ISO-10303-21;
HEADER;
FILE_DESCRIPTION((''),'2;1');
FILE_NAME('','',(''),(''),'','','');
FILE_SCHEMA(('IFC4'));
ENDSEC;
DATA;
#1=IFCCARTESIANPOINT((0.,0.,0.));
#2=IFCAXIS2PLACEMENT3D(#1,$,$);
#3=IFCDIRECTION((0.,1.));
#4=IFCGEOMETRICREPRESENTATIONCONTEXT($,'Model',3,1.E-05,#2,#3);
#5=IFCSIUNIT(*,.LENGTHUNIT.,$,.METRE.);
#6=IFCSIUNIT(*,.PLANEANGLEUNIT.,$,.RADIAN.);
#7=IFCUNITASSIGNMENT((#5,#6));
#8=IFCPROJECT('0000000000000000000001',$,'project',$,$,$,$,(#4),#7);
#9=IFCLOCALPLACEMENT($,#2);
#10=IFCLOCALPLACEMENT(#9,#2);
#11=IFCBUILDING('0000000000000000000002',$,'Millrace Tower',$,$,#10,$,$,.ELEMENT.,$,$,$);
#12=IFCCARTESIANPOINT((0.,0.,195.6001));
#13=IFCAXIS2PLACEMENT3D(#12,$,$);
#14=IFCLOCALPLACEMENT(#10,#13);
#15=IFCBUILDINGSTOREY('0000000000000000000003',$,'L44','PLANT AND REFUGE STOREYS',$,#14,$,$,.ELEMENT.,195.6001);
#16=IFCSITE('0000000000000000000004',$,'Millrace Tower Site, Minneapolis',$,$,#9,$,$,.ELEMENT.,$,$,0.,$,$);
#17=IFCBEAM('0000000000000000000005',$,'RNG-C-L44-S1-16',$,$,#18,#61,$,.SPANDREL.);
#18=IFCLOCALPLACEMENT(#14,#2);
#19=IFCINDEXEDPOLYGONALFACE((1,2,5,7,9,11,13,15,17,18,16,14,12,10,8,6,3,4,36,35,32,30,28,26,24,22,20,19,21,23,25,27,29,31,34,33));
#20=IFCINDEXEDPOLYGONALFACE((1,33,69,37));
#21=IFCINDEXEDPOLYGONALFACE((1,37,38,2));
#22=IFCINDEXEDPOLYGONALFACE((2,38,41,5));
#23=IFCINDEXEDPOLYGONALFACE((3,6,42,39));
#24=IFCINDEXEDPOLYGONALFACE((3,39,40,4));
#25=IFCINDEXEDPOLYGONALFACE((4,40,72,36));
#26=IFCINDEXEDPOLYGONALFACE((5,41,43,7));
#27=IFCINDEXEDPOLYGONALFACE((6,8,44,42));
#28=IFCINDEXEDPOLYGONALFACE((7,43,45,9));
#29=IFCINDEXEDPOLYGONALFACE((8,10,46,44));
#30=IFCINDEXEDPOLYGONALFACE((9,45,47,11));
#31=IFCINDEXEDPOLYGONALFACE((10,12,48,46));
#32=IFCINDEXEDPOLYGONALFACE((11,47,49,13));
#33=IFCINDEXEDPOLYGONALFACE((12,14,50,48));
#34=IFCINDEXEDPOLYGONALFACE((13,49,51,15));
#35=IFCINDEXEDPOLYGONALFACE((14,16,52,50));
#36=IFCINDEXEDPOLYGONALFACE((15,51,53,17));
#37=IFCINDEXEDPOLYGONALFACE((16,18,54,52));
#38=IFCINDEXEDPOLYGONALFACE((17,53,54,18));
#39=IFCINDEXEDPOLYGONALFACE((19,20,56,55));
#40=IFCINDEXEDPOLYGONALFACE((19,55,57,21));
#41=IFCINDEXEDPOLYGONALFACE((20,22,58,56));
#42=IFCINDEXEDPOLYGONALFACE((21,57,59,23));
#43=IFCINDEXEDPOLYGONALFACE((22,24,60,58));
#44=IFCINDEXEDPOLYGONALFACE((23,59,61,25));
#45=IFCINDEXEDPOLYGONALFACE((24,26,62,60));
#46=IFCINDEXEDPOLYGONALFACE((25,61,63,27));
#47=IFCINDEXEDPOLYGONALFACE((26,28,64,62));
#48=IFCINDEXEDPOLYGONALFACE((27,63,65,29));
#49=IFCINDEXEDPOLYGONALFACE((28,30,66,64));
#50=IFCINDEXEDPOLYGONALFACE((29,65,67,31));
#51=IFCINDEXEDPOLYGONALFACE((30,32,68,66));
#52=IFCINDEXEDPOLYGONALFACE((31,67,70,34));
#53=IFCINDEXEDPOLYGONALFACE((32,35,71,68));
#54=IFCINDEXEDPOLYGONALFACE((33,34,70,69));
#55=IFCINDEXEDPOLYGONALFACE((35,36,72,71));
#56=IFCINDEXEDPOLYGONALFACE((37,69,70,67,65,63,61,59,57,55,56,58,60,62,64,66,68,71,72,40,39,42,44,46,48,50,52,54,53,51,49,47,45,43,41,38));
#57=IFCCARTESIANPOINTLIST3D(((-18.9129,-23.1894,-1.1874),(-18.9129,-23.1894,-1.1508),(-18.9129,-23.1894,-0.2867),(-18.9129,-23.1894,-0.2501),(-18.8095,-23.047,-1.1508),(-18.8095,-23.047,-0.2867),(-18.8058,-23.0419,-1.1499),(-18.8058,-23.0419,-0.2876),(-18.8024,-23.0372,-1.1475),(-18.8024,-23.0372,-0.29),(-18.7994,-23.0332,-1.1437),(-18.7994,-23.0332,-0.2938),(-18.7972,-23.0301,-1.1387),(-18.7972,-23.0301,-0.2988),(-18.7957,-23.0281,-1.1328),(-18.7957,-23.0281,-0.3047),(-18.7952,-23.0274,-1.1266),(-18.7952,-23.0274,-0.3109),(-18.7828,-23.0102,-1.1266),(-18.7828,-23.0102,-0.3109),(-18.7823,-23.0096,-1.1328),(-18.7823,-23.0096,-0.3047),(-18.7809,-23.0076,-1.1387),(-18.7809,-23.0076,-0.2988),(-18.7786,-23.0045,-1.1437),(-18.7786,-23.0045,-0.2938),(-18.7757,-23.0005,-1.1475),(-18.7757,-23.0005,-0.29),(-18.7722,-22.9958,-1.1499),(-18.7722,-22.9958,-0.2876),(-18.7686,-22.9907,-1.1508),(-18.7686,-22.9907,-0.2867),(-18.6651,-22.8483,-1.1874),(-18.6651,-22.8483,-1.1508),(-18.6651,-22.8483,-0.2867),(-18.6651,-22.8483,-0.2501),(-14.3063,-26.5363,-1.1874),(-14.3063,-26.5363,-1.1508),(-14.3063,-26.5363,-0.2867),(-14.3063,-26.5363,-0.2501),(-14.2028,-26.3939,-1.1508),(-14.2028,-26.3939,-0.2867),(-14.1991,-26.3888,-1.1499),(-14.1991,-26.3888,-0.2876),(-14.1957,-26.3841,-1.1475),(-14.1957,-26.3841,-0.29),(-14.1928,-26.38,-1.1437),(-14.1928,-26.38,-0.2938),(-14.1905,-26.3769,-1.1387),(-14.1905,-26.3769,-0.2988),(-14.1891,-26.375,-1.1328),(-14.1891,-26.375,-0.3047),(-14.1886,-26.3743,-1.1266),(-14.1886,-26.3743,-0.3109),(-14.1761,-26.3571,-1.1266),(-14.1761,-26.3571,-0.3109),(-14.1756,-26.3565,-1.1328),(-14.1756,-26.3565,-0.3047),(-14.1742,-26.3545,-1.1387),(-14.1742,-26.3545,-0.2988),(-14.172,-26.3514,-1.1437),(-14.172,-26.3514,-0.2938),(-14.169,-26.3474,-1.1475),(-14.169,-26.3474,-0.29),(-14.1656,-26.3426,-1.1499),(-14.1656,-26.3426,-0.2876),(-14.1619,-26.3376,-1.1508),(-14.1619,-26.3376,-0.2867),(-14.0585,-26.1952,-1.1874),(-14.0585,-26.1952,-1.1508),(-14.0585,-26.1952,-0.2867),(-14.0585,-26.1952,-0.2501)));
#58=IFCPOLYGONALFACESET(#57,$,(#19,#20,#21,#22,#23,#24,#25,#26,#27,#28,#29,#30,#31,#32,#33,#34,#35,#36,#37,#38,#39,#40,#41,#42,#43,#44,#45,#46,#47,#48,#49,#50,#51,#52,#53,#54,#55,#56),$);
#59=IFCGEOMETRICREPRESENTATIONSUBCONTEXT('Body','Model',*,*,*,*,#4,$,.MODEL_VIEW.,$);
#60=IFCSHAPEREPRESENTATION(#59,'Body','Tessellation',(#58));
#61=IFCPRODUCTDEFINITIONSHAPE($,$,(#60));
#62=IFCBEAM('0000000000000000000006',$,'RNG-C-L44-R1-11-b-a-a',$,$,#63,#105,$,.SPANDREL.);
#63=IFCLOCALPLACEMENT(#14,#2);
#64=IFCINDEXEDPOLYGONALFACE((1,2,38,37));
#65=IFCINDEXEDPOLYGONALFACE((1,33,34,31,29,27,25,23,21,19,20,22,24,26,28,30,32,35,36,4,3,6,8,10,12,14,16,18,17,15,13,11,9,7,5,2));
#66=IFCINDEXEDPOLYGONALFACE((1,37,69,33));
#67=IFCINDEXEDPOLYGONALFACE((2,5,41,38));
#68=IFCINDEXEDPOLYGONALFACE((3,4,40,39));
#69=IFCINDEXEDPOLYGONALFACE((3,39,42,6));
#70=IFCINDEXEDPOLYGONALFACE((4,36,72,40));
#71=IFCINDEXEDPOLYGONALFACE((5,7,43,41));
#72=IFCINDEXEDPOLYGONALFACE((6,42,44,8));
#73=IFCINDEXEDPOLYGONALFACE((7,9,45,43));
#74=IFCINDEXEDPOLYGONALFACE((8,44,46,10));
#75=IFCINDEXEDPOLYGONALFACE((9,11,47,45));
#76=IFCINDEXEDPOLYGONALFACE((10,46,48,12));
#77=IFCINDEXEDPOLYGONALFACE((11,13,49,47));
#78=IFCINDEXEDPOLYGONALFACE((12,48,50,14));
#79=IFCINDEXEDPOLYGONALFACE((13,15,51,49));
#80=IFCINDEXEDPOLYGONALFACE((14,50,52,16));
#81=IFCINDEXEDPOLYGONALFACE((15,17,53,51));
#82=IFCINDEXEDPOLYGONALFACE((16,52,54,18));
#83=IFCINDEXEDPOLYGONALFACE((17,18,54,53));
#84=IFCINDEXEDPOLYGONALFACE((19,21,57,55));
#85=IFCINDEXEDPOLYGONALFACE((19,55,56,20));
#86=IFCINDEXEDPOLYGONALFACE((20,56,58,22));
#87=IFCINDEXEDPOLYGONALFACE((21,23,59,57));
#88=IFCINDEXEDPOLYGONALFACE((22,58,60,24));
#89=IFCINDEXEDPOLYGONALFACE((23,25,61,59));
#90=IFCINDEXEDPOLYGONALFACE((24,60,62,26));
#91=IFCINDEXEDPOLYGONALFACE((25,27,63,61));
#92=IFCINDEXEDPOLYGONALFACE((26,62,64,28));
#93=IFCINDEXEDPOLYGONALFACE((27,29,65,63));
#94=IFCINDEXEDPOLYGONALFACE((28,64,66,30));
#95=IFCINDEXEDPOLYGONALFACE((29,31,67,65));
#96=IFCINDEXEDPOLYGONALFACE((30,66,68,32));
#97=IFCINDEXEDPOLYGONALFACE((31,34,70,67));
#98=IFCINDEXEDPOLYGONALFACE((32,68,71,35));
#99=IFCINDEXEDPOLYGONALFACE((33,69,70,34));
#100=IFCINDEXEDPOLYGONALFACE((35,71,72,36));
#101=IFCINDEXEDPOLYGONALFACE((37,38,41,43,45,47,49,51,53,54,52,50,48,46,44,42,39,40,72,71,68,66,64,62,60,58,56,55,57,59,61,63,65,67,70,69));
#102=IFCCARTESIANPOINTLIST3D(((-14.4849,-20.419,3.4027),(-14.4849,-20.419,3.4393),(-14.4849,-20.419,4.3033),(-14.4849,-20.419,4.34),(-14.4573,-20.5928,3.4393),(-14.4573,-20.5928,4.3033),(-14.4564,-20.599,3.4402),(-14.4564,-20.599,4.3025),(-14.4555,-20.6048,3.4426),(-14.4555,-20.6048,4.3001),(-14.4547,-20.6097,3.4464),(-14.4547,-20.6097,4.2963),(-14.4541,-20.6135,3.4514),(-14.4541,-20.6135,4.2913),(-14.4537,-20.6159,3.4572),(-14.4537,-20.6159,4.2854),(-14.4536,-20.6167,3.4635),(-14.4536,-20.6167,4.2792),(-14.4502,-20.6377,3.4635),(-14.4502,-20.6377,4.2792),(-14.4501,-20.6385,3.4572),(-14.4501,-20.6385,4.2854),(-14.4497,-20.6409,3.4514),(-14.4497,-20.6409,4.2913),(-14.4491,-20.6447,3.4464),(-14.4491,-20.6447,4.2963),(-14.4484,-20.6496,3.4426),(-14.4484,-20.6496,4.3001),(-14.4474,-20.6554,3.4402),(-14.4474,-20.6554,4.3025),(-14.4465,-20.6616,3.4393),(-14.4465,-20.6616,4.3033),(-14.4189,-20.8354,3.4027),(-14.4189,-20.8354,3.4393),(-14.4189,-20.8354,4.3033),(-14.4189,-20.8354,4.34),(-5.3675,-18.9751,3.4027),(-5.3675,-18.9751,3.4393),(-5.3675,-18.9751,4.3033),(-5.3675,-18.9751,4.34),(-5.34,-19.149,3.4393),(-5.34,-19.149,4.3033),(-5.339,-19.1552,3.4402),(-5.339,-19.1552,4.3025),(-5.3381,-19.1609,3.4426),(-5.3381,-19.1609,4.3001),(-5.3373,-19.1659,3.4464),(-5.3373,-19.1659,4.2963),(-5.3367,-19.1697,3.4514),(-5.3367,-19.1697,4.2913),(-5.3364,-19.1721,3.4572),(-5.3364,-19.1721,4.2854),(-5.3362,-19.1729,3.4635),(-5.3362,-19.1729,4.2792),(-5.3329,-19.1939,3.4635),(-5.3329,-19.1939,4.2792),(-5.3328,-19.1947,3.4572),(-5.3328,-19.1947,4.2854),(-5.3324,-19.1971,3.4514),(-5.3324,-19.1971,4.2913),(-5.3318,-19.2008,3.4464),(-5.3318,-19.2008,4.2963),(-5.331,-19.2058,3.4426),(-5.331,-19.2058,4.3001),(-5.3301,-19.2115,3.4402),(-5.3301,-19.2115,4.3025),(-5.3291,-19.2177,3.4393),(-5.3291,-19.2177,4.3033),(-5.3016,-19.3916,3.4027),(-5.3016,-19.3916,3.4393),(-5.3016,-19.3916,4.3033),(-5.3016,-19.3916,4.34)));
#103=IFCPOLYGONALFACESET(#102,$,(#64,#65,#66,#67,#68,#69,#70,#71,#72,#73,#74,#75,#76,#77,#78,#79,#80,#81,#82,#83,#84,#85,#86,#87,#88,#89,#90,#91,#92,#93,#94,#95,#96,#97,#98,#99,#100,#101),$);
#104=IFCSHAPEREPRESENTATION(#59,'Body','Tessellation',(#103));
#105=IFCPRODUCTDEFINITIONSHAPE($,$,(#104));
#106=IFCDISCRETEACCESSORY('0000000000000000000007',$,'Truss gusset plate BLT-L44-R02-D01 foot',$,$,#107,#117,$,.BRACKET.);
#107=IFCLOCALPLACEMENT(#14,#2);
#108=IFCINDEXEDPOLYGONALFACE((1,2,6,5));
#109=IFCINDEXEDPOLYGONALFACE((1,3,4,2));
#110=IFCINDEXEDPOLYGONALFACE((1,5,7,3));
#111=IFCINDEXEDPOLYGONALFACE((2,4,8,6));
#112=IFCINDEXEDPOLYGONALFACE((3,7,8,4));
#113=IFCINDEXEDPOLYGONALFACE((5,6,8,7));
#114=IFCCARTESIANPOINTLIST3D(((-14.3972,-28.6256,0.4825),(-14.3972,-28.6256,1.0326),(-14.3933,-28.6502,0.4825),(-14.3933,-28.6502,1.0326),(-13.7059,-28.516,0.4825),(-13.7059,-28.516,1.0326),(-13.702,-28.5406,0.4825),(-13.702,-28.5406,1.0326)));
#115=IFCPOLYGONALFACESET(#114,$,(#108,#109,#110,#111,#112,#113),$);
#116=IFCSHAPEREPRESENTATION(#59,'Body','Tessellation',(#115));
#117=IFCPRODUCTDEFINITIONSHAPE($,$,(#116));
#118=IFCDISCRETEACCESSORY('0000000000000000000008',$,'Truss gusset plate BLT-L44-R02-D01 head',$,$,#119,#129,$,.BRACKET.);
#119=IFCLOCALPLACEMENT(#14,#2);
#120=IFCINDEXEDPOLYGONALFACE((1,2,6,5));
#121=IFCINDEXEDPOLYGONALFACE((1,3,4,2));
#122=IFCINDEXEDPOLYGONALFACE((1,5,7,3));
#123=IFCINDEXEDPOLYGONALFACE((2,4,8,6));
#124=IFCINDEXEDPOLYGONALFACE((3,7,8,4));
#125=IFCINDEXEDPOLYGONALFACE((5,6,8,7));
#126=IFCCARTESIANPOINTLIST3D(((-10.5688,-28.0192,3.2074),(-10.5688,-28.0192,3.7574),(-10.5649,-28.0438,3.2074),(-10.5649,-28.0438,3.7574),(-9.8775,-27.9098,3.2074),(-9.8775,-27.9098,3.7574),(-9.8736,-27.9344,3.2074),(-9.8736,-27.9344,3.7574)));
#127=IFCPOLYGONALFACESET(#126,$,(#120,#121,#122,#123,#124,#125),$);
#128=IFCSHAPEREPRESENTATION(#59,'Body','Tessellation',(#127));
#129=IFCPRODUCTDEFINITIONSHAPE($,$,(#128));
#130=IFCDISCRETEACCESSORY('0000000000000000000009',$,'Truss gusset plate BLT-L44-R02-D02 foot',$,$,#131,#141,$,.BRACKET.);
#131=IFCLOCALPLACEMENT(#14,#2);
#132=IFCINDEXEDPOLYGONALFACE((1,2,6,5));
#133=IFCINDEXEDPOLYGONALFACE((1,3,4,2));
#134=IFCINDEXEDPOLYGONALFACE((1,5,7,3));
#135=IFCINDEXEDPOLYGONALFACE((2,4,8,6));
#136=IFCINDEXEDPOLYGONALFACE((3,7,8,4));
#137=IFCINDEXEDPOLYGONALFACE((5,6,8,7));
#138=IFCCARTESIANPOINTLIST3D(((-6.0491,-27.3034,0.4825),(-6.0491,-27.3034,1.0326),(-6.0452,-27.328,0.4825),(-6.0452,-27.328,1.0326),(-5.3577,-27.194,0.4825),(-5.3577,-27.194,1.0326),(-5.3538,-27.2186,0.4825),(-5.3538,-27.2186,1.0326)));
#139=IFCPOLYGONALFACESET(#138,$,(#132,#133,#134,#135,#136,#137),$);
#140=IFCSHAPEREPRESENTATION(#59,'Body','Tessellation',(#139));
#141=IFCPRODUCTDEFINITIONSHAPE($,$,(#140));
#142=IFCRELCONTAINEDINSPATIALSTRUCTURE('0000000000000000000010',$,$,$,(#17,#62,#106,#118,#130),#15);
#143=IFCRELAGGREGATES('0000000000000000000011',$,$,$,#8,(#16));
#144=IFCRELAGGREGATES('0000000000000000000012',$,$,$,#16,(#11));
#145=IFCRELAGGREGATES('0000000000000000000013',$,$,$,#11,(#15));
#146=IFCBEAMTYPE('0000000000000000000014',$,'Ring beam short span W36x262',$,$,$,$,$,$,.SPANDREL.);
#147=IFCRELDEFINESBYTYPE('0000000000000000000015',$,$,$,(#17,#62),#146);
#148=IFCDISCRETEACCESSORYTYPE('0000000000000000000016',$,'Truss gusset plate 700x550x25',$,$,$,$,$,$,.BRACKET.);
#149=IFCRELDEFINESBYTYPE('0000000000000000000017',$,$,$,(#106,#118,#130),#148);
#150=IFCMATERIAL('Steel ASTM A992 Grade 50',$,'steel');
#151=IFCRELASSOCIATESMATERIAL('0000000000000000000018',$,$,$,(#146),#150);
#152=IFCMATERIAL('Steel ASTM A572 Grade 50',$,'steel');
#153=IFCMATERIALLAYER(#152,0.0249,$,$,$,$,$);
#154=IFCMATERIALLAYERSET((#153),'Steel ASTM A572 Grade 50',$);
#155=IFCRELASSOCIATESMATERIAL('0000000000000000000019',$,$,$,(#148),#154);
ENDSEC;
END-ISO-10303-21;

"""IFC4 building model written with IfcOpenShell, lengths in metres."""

from ifc_helpers import new_model, si_unit, direction, frame, origin, origin_2d, place, context, subcontext, project, spatial, rectangle, i_section, extrude, material, layer, layer_set, material_profile, profile_set, type_object, element, save


model = new_model("IFC4")

# Units and contexts
model_context = context("Model", 3, precision=1e-05, world=origin(), true_north=direction((0.0, 1.0)))
body_context = subcontext(model_context, "Body", "Model", "MODEL_VIEW")
ifc_project = project(units=[si_unit("LENGTHUNIT", "METRE"), si_unit("PLANEANGLEUNIT", "RADIAN")], contexts=[model_context])

# Site, building, storey
site_placement = place(None, origin())
site = spatial("IfcSite", under=ifc_project, at=site_placement, Name="Millrace Tower Site, Minneapolis", CompositionType="ELEMENT", RefElevation=0.0)
building_placement = place(site_placement, origin())
building = spatial("IfcBuilding", under=site, at=building_placement, Name="Millrace Tower", CompositionType="ELEMENT")
storey_placement = place(building_placement, frame((0.0, 0.0, 195.6001)))
storey = spatial("IfcBuildingStorey", under=building, at=storey_placement, Name="L44", Description="PLANT AND REFUGE STOREYS", CompositionType="ELEMENT", Elevation=195.6001)

# Beams
ifc_material_1 = material(Name="Steel ASTM A992 Grade 50", Category="steel")
ifc_material_profile_1 = material_profile(ifc_material_1, i_section(OverallWidth=0.4216, OverallDepth=0.9373, WebThickness=0.0212, FlangeThickness=0.0366, FilletRadius=0.0242, at=origin_2d()))
ifc_profile_set_1 = profile_set([ifc_material_profile_1], Name="Steel ASTM A992 Grade 50")
beam_type_1 = type_object("IfcBeamType", Name="Ring beam short span W36x262", PredefinedType="SPANDREL", material=ifc_profile_set_1)
beam_1_placement = place(storey_placement, frame((-14.1824, -26.3657, -0.7188), z_axis=(-0.80902, 0.587782, 0.0), x_axis=(-0.587782, -0.80902, 0.0)))
element("IfcBeam", 1, at=beam_1_placement, inside=storey, type_object=beam_type_1, Name="RNG-C-L44-S1-16", PredefinedType="SPANDREL", context=body_context, shape_type="SweptSolid", body=[
    extrude(i_section(OverallWidth=0.4216, OverallDepth=0.9373, WebThickness=0.0212, FlangeThickness=0.0366, FilletRadius=0.0242, at=origin_2d()), origin(), (0.0, 0.0, 1.0), 5.6941),
])
beam_2_placement = place(storey_placement, frame((-14.4519, -20.6272, 3.8713), z_axis=(0.987692, 0.156412, 0.0), x_axis=(-0.156412, 0.987692, 0.0)))
element("IfcBeam", 2, at=beam_2_placement, inside=storey, type_object=beam_type_1, Name="RNG-C-L44-R1-11-b-a-a", PredefinedType="SPANDREL", context=body_context, shape_type="SweptSolid", body=[
    extrude(i_section(OverallWidth=0.4216, OverallDepth=0.9373, WebThickness=0.0212, FlangeThickness=0.0366, FilletRadius=0.0242, at=origin_2d()), origin(), (0.0, 0.0, 1.0), 9.231),
])

# Discrete accessories
ifc_material_2 = material(Name="Steel ASTM A572 Grade 50", Category="steel")
ifc_layer_1 = layer(ifc_material_2, 0.0249)
ifc_layer_set_1 = layer_set([ifc_layer_1], Name="Steel ASTM A572 Grade 50")
discrete_accessory_type = type_object("IfcDiscreteAccessoryType", Name="Truss gusset plate 700x550x25", PredefinedType="BRACKET", material=ifc_layer_set_1)
for number, where, z_axis, x_axis, name in (
    (3, (-14.3953, -28.6379, 0.7576), (0.987664, 0.156589, 0.0), (-0.156589, 0.987664, 0.0), "Truss gusset plate BLT-L44-R02-D01 foot"),
    (4, (-10.5669, -28.0315, 3.4824), (0.987718, 0.156249, 0.0), (-0.156249, 0.987718, 0.0), "Truss gusset plate BLT-L44-R02-D01 head"),
    (5, (-6.0471, -27.3157, 0.7576), (0.987718, 0.156249, 0.0), (-0.156249, 0.987718, 0.0), "Truss gusset plate BLT-L44-R02-D02 foot"),
):
    element("IfcDiscreteAccessory", number, at=place(storey_placement, frame(where, z_axis=z_axis, x_axis=x_axis)), inside=storey, type_object=discrete_accessory_type, Name=name, PredefinedType="BRACKET", context=body_context, shape_type="SweptSolid", body=[
        extrude(rectangle(XDim=0.0249, YDim=0.55, at=origin_2d()), origin(), (0.0, 0.0, 1.0), 0.7),
    ])

save(model, "model.ifc")
